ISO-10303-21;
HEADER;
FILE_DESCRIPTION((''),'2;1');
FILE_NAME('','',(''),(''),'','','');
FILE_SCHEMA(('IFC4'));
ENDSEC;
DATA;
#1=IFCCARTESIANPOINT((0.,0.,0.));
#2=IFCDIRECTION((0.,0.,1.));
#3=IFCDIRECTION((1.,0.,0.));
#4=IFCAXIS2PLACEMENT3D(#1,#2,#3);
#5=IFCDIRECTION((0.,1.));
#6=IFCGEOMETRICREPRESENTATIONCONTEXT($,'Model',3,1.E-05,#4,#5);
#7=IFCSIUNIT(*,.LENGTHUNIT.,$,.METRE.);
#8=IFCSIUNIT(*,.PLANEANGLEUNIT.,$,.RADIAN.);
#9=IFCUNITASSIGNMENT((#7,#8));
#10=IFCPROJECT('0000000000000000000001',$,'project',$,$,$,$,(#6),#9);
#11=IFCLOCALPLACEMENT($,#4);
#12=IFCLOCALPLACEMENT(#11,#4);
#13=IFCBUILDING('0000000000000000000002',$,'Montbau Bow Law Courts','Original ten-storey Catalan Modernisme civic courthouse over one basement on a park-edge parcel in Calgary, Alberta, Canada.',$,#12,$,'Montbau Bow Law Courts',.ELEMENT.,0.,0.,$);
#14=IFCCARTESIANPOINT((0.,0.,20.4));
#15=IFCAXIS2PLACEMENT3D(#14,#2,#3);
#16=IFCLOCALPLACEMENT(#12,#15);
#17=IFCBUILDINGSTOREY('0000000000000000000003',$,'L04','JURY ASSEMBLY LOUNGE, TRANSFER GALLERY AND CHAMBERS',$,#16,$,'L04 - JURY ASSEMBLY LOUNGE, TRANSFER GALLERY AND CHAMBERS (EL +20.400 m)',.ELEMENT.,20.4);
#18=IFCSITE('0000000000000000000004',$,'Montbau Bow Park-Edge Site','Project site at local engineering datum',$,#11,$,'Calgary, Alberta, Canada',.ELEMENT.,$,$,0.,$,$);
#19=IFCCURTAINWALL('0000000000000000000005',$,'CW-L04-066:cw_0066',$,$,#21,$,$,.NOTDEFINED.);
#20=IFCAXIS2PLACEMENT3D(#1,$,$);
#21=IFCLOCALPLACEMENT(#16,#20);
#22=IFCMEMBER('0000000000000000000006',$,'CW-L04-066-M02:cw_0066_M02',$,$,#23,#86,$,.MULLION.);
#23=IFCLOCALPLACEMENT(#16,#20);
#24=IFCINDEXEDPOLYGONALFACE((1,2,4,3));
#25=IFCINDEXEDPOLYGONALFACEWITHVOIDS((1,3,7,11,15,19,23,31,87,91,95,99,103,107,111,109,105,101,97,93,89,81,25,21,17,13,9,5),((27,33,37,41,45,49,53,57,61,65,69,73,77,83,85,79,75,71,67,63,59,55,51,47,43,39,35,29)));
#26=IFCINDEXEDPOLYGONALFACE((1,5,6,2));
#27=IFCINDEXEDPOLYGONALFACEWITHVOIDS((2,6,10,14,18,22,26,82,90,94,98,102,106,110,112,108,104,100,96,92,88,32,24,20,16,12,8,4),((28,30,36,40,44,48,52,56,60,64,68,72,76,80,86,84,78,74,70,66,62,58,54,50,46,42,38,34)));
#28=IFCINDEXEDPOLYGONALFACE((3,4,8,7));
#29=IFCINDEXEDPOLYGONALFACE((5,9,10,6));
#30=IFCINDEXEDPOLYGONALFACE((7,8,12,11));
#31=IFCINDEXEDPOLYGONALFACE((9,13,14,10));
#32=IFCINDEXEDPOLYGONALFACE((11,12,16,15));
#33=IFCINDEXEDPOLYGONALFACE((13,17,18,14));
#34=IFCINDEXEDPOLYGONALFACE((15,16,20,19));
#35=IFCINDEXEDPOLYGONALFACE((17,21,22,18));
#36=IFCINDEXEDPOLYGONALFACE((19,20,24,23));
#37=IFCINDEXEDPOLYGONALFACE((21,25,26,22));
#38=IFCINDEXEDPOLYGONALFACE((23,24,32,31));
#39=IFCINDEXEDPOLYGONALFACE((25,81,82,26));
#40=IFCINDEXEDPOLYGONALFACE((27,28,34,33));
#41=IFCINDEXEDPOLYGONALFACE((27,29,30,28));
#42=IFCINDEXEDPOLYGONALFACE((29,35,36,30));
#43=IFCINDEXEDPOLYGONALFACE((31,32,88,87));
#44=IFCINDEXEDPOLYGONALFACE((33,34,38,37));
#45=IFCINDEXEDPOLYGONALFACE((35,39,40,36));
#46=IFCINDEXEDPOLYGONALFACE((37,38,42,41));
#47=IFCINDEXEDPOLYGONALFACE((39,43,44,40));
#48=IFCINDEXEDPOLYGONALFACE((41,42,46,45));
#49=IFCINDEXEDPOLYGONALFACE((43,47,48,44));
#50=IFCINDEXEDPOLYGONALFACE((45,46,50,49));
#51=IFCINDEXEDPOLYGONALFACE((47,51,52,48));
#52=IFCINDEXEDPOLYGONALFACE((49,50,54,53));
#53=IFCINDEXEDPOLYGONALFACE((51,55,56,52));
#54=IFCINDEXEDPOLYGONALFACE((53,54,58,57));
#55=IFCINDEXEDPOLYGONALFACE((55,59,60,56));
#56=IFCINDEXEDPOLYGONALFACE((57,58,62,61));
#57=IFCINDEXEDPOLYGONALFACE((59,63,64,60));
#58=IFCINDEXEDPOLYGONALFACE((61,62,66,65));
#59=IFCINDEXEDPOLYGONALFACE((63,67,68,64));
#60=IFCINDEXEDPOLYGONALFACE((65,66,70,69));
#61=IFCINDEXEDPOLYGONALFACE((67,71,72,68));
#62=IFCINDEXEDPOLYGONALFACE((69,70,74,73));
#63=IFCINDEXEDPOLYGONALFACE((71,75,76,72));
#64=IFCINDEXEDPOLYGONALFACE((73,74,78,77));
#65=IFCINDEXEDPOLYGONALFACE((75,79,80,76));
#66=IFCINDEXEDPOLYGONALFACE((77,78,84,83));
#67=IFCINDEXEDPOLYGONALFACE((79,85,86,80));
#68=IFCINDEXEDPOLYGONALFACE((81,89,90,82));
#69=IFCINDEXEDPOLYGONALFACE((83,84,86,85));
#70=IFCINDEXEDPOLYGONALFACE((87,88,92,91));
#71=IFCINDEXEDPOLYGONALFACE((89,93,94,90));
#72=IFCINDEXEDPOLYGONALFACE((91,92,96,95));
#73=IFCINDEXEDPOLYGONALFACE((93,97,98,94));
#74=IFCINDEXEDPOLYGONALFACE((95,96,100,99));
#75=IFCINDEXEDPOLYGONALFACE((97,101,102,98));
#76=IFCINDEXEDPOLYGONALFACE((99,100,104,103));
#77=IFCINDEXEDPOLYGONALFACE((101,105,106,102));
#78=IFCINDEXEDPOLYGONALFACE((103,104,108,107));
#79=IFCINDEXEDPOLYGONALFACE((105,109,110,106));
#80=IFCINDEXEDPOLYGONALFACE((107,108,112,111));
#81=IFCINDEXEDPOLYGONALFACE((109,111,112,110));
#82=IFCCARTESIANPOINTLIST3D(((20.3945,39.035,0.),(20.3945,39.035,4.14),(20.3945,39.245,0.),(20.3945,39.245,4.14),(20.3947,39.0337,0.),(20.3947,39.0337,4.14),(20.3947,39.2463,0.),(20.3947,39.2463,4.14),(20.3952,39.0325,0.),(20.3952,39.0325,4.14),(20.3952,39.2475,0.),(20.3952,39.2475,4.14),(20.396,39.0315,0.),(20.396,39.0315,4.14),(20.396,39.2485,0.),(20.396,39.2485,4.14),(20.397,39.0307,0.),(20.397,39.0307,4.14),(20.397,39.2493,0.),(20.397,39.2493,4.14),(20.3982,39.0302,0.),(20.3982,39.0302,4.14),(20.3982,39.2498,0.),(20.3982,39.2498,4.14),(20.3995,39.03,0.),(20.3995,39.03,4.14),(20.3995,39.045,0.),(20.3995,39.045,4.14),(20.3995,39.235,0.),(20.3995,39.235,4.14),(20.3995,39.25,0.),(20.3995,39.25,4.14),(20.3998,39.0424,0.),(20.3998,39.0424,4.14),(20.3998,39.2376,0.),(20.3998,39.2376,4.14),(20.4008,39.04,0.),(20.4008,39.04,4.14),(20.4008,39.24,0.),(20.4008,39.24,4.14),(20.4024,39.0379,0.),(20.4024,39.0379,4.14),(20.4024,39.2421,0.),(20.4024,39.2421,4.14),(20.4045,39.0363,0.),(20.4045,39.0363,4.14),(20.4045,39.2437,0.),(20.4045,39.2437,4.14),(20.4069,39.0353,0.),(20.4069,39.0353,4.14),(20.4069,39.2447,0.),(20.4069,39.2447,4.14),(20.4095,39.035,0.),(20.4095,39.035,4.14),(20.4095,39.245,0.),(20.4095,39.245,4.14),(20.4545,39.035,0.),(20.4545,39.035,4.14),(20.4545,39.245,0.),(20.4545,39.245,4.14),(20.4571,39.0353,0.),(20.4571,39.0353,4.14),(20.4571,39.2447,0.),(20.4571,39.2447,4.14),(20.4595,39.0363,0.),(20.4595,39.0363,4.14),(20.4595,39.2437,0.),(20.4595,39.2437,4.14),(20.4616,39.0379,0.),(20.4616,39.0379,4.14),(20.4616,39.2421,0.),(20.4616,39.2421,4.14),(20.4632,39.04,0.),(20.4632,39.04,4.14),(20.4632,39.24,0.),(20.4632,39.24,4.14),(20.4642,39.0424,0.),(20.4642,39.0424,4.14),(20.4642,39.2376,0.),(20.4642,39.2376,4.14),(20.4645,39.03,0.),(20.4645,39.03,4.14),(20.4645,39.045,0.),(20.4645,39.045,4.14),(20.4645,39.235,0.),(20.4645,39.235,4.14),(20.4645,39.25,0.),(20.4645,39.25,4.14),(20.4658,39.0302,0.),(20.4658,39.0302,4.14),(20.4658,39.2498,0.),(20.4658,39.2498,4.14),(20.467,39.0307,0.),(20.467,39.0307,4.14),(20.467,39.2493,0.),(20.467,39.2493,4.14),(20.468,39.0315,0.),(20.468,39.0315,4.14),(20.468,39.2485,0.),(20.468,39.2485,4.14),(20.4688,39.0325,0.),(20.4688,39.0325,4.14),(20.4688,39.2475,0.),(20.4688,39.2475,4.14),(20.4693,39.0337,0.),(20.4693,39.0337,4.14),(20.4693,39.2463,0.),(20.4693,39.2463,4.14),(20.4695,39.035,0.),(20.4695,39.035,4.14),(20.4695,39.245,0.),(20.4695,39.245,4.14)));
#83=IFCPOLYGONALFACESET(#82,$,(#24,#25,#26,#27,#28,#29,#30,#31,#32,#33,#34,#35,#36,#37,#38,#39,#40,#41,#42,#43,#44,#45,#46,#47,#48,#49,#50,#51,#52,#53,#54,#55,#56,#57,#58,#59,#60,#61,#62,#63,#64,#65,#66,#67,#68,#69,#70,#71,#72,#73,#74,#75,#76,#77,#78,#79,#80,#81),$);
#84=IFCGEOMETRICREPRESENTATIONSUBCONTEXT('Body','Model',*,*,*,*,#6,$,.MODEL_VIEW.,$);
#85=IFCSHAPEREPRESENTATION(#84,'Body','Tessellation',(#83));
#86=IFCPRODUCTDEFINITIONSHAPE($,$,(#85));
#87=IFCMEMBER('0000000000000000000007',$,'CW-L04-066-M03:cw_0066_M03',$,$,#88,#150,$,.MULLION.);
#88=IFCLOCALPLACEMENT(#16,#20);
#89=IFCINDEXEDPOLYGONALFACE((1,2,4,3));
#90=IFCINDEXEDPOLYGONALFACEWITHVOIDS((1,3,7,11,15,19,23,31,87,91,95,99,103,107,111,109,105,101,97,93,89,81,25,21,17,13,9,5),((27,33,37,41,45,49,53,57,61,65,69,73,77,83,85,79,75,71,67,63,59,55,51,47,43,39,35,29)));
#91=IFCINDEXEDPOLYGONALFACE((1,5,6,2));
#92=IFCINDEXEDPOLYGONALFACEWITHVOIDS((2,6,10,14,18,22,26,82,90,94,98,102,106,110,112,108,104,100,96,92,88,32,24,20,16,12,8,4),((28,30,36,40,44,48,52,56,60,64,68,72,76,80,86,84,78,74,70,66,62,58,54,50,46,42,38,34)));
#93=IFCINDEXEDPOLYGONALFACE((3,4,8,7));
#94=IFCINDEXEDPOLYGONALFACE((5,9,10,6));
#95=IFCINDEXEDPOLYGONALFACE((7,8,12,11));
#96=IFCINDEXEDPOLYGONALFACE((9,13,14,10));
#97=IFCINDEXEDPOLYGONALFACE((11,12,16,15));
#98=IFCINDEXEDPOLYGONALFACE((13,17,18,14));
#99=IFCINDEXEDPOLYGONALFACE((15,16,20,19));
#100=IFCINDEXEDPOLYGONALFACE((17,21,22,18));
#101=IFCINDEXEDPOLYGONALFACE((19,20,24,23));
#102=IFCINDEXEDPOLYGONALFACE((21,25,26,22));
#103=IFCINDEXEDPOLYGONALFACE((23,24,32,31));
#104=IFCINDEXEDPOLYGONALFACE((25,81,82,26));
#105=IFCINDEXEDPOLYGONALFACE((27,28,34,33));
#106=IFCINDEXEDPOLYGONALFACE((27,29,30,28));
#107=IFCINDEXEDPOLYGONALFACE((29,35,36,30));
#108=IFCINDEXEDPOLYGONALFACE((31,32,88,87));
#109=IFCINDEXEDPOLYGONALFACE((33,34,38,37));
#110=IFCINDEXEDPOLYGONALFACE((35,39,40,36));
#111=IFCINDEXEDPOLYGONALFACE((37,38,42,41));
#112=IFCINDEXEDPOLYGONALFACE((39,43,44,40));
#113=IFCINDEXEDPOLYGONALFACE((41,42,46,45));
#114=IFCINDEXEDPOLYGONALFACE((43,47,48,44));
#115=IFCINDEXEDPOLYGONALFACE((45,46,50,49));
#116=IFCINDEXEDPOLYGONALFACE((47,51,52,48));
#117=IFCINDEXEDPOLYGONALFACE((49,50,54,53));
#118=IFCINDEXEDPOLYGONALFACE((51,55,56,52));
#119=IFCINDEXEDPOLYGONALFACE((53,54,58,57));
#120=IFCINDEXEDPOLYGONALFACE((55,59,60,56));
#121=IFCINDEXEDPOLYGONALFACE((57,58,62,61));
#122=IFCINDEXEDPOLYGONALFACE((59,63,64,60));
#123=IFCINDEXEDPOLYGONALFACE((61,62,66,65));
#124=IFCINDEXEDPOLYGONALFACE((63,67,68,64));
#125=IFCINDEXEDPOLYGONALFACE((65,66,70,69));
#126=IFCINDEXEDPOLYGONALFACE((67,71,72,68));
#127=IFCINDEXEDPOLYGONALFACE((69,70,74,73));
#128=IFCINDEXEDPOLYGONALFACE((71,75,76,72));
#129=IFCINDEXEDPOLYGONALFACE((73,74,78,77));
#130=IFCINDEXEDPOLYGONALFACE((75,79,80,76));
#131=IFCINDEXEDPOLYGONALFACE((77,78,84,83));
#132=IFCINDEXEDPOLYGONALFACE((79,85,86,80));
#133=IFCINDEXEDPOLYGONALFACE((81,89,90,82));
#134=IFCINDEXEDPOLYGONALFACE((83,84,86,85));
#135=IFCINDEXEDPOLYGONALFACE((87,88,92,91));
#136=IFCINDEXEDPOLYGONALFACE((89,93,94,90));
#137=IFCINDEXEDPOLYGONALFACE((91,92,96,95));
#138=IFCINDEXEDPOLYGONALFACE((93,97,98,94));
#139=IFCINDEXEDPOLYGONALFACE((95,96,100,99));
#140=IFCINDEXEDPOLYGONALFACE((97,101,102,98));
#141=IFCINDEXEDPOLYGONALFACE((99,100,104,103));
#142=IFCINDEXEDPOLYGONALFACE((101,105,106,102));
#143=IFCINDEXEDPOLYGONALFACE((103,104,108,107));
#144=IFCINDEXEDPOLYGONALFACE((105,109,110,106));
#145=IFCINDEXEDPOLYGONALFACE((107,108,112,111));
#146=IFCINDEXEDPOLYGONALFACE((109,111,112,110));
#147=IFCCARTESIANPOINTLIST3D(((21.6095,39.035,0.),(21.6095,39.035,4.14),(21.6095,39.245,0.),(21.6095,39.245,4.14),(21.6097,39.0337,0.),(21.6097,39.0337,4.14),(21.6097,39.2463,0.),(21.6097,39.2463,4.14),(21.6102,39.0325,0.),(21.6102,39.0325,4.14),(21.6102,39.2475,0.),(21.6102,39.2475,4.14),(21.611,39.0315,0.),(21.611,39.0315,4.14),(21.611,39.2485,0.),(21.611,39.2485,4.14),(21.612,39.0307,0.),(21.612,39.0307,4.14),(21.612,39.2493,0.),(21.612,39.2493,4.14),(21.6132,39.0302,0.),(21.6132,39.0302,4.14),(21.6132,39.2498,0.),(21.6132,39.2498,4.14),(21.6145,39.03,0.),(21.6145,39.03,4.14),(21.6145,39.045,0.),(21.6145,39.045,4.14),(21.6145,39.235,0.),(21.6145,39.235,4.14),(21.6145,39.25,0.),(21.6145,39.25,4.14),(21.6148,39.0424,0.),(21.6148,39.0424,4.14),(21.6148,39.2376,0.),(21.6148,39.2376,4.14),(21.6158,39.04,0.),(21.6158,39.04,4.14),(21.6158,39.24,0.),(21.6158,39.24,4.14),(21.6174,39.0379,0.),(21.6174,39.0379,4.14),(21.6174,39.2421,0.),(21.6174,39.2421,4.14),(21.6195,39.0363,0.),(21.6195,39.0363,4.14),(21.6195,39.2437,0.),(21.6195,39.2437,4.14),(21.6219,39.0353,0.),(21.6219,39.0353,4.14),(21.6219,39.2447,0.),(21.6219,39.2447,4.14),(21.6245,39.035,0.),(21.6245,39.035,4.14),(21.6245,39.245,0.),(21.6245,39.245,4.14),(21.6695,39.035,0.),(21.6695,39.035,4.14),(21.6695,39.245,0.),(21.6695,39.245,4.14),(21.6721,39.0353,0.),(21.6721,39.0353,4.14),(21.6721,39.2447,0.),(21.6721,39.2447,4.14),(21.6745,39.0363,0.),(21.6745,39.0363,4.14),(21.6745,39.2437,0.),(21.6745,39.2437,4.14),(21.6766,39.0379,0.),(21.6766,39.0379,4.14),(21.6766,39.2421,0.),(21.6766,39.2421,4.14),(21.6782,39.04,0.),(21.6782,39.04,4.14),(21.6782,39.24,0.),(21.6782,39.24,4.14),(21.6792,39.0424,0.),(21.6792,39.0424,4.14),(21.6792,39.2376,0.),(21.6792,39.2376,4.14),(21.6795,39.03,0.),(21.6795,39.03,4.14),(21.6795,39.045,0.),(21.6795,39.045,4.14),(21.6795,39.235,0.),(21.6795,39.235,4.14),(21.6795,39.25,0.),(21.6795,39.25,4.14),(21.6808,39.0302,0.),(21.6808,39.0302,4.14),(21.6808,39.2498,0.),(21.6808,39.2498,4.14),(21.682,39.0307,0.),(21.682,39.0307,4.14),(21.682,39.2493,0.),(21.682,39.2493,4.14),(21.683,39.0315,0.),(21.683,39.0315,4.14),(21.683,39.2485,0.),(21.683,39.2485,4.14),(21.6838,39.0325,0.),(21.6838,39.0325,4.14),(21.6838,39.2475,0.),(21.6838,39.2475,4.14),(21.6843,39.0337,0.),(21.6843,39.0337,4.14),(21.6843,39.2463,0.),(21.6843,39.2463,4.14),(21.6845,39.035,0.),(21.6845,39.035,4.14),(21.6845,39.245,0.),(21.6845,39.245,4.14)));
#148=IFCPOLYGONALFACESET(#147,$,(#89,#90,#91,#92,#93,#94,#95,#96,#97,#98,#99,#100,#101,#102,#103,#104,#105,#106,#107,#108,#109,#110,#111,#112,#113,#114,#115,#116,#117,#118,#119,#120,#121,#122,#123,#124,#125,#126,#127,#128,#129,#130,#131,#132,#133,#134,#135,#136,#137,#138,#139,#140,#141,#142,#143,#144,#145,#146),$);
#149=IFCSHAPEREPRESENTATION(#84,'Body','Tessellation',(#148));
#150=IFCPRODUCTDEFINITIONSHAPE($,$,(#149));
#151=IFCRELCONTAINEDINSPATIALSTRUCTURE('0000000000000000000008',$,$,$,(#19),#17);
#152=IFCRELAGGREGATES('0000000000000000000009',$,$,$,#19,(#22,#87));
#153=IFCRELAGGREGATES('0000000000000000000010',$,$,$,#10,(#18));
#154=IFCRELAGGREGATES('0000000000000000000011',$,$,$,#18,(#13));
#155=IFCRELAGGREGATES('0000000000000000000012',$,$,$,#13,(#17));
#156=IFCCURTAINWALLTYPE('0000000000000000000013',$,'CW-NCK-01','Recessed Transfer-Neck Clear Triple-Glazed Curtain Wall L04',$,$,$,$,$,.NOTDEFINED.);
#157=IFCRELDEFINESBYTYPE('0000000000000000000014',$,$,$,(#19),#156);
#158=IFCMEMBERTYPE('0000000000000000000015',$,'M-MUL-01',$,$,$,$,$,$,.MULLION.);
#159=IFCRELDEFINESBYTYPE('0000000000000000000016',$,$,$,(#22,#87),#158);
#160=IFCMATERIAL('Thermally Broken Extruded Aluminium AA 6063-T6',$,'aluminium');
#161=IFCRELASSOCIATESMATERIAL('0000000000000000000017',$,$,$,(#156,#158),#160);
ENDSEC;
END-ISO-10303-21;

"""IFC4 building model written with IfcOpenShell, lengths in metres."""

from ifc_helpers import new_model, si_unit, direction, frame, origin_with_axes, origin_2d_with_axis, place, context, subcontext, project, spatial, hollow_rectangle, extrude, material, material_profile, profile_set, type_object, element, aggregate, save


model = new_model("IFC4")

# Units and contexts
model_context = context("Model", 3, precision=1e-05, world=origin_with_axes(), true_north=direction((0.0, 1.0)))
body_context = subcontext(model_context, "Body", "Model", "MODEL_VIEW")
ifc_project = project(units=[si_unit("LENGTHUNIT", "METRE"), si_unit("PLANEANGLEUNIT", "RADIAN")], contexts=[model_context])

# Site, building, storey
site_placement = place(None, origin_with_axes())
site = spatial("IfcSite", under=ifc_project, at=site_placement, Name="Montbau Bow Park-Edge Site", Description="Project site at local engineering datum", LongName="Calgary, Alberta, Canada", CompositionType="ELEMENT", RefElevation=0.0)
building_placement = place(site_placement, origin_with_axes())
building = spatial("IfcBuilding", under=site, at=building_placement, Name="Montbau Bow Law Courts", Description="Original ten-storey Catalan Modernisme civic courthouse over one basement on a park-edge parcel in Calgary, Alberta, Canada.", LongName="Montbau Bow Law Courts", CompositionType="ELEMENT", ElevationOfRefHeight=0.0, ElevationOfTerrain=0.0)
storey_placement = place(building_placement, frame((0.0, 0.0, 20.4), z_axis=(0.0, 0.0, 1.0), x_axis=(1.0, 0.0, 0.0)))
storey = spatial("IfcBuildingStorey", under=building, at=storey_placement, Name="L04", Description="JURY ASSEMBLY LOUNGE, TRANSFER GALLERY AND CHAMBERS", LongName="L04 - JURY ASSEMBLY LOUNGE, TRANSFER GALLERY AND CHAMBERS (EL +20.400 m)", CompositionType="ELEMENT", Elevation=20.4)

# Curtain wall, members
ifc_material_1 = material(Name="Thermally Broken Extruded Aluminium AA 6063-T6", Category="aluminium")
curtain_wall_type = type_object("IfcCurtainWallType", Name="CW-NCK-01", Description="Recessed Transfer-Neck Clear Triple-Glazed Curtain Wall L04", PredefinedType="NOTDEFINED", material=ifc_material_1)
curtain_wall_1_placement = place(None, frame((19.18, 39.14, 20.4), z_axis=(0.0, 0.0, 1.0), x_axis=(1.0, 0.0, 0.0)))
curtain_wall_1 = element("IfcCurtainWall", 1, at=curtain_wall_1_placement, inside=storey, type_object=curtain_wall_type, Name="CW-L04-066:cw_0066", PredefinedType="NOTDEFINED")
ifc_material_profile_1 = material_profile(ifc_material_1, hollow_rectangle(XDim=0.075, YDim=0.22, WallThickness=0.005, InnerFilletRadius=0.01, OuterFilletRadius=0.005, at=origin_2d_with_axis()), Name="CWM-220X75", Category="Main", Priority=0)
ifc_profile_set_1 = profile_set([ifc_material_profile_1], Name="Thermally Broken Extruded Aluminium AA 6063-T6")
member_type_1 = type_object("IfcMemberType", Name="M-MUL-01", PredefinedType="MULLION", material=ifc_profile_set_1)
member_1_placement = place(None, frame((20.432, 39.14, 20.4), z_axis=(0.0, 0.0, 1.0), x_axis=(1.0, 0.0, 0.0)))
member_1 = element("IfcMember", 2, at=member_1_placement, type_object=member_type_1, Name="CW-L04-066-M02:cw_0066_M02", PredefinedType="MULLION", context=body_context, shape_type="SweptSolid", body=[
    extrude(hollow_rectangle(XDim=0.075, YDim=0.22, WallThickness=0.005, InnerFilletRadius=0.01, OuterFilletRadius=0.005, at=origin_2d_with_axis()), origin_with_axes(), (0.0, 0.0, 1.0), 4.14),
])
member_2_placement = place(None, frame((21.647, 39.14, 20.4), z_axis=(0.0, 0.0, 1.0), x_axis=(1.0, 0.0, 0.0)))
member_2 = element("IfcMember", 3, at=member_2_placement, type_object=member_type_1, Name="CW-L04-066-M03:cw_0066_M03", PredefinedType="MULLION", context=body_context, shape_type="SweptSolid", body=[
    extrude(hollow_rectangle(XDim=0.075, YDim=0.22, WallThickness=0.005, InnerFilletRadius=0.01, OuterFilletRadius=0.005, at=origin_2d_with_axis()), origin_with_axes(), (0.0, 0.0, 1.0), 4.14),
])

aggregate(curtain_wall_1, [member_1, member_2])

save(model, "model.ifc")
